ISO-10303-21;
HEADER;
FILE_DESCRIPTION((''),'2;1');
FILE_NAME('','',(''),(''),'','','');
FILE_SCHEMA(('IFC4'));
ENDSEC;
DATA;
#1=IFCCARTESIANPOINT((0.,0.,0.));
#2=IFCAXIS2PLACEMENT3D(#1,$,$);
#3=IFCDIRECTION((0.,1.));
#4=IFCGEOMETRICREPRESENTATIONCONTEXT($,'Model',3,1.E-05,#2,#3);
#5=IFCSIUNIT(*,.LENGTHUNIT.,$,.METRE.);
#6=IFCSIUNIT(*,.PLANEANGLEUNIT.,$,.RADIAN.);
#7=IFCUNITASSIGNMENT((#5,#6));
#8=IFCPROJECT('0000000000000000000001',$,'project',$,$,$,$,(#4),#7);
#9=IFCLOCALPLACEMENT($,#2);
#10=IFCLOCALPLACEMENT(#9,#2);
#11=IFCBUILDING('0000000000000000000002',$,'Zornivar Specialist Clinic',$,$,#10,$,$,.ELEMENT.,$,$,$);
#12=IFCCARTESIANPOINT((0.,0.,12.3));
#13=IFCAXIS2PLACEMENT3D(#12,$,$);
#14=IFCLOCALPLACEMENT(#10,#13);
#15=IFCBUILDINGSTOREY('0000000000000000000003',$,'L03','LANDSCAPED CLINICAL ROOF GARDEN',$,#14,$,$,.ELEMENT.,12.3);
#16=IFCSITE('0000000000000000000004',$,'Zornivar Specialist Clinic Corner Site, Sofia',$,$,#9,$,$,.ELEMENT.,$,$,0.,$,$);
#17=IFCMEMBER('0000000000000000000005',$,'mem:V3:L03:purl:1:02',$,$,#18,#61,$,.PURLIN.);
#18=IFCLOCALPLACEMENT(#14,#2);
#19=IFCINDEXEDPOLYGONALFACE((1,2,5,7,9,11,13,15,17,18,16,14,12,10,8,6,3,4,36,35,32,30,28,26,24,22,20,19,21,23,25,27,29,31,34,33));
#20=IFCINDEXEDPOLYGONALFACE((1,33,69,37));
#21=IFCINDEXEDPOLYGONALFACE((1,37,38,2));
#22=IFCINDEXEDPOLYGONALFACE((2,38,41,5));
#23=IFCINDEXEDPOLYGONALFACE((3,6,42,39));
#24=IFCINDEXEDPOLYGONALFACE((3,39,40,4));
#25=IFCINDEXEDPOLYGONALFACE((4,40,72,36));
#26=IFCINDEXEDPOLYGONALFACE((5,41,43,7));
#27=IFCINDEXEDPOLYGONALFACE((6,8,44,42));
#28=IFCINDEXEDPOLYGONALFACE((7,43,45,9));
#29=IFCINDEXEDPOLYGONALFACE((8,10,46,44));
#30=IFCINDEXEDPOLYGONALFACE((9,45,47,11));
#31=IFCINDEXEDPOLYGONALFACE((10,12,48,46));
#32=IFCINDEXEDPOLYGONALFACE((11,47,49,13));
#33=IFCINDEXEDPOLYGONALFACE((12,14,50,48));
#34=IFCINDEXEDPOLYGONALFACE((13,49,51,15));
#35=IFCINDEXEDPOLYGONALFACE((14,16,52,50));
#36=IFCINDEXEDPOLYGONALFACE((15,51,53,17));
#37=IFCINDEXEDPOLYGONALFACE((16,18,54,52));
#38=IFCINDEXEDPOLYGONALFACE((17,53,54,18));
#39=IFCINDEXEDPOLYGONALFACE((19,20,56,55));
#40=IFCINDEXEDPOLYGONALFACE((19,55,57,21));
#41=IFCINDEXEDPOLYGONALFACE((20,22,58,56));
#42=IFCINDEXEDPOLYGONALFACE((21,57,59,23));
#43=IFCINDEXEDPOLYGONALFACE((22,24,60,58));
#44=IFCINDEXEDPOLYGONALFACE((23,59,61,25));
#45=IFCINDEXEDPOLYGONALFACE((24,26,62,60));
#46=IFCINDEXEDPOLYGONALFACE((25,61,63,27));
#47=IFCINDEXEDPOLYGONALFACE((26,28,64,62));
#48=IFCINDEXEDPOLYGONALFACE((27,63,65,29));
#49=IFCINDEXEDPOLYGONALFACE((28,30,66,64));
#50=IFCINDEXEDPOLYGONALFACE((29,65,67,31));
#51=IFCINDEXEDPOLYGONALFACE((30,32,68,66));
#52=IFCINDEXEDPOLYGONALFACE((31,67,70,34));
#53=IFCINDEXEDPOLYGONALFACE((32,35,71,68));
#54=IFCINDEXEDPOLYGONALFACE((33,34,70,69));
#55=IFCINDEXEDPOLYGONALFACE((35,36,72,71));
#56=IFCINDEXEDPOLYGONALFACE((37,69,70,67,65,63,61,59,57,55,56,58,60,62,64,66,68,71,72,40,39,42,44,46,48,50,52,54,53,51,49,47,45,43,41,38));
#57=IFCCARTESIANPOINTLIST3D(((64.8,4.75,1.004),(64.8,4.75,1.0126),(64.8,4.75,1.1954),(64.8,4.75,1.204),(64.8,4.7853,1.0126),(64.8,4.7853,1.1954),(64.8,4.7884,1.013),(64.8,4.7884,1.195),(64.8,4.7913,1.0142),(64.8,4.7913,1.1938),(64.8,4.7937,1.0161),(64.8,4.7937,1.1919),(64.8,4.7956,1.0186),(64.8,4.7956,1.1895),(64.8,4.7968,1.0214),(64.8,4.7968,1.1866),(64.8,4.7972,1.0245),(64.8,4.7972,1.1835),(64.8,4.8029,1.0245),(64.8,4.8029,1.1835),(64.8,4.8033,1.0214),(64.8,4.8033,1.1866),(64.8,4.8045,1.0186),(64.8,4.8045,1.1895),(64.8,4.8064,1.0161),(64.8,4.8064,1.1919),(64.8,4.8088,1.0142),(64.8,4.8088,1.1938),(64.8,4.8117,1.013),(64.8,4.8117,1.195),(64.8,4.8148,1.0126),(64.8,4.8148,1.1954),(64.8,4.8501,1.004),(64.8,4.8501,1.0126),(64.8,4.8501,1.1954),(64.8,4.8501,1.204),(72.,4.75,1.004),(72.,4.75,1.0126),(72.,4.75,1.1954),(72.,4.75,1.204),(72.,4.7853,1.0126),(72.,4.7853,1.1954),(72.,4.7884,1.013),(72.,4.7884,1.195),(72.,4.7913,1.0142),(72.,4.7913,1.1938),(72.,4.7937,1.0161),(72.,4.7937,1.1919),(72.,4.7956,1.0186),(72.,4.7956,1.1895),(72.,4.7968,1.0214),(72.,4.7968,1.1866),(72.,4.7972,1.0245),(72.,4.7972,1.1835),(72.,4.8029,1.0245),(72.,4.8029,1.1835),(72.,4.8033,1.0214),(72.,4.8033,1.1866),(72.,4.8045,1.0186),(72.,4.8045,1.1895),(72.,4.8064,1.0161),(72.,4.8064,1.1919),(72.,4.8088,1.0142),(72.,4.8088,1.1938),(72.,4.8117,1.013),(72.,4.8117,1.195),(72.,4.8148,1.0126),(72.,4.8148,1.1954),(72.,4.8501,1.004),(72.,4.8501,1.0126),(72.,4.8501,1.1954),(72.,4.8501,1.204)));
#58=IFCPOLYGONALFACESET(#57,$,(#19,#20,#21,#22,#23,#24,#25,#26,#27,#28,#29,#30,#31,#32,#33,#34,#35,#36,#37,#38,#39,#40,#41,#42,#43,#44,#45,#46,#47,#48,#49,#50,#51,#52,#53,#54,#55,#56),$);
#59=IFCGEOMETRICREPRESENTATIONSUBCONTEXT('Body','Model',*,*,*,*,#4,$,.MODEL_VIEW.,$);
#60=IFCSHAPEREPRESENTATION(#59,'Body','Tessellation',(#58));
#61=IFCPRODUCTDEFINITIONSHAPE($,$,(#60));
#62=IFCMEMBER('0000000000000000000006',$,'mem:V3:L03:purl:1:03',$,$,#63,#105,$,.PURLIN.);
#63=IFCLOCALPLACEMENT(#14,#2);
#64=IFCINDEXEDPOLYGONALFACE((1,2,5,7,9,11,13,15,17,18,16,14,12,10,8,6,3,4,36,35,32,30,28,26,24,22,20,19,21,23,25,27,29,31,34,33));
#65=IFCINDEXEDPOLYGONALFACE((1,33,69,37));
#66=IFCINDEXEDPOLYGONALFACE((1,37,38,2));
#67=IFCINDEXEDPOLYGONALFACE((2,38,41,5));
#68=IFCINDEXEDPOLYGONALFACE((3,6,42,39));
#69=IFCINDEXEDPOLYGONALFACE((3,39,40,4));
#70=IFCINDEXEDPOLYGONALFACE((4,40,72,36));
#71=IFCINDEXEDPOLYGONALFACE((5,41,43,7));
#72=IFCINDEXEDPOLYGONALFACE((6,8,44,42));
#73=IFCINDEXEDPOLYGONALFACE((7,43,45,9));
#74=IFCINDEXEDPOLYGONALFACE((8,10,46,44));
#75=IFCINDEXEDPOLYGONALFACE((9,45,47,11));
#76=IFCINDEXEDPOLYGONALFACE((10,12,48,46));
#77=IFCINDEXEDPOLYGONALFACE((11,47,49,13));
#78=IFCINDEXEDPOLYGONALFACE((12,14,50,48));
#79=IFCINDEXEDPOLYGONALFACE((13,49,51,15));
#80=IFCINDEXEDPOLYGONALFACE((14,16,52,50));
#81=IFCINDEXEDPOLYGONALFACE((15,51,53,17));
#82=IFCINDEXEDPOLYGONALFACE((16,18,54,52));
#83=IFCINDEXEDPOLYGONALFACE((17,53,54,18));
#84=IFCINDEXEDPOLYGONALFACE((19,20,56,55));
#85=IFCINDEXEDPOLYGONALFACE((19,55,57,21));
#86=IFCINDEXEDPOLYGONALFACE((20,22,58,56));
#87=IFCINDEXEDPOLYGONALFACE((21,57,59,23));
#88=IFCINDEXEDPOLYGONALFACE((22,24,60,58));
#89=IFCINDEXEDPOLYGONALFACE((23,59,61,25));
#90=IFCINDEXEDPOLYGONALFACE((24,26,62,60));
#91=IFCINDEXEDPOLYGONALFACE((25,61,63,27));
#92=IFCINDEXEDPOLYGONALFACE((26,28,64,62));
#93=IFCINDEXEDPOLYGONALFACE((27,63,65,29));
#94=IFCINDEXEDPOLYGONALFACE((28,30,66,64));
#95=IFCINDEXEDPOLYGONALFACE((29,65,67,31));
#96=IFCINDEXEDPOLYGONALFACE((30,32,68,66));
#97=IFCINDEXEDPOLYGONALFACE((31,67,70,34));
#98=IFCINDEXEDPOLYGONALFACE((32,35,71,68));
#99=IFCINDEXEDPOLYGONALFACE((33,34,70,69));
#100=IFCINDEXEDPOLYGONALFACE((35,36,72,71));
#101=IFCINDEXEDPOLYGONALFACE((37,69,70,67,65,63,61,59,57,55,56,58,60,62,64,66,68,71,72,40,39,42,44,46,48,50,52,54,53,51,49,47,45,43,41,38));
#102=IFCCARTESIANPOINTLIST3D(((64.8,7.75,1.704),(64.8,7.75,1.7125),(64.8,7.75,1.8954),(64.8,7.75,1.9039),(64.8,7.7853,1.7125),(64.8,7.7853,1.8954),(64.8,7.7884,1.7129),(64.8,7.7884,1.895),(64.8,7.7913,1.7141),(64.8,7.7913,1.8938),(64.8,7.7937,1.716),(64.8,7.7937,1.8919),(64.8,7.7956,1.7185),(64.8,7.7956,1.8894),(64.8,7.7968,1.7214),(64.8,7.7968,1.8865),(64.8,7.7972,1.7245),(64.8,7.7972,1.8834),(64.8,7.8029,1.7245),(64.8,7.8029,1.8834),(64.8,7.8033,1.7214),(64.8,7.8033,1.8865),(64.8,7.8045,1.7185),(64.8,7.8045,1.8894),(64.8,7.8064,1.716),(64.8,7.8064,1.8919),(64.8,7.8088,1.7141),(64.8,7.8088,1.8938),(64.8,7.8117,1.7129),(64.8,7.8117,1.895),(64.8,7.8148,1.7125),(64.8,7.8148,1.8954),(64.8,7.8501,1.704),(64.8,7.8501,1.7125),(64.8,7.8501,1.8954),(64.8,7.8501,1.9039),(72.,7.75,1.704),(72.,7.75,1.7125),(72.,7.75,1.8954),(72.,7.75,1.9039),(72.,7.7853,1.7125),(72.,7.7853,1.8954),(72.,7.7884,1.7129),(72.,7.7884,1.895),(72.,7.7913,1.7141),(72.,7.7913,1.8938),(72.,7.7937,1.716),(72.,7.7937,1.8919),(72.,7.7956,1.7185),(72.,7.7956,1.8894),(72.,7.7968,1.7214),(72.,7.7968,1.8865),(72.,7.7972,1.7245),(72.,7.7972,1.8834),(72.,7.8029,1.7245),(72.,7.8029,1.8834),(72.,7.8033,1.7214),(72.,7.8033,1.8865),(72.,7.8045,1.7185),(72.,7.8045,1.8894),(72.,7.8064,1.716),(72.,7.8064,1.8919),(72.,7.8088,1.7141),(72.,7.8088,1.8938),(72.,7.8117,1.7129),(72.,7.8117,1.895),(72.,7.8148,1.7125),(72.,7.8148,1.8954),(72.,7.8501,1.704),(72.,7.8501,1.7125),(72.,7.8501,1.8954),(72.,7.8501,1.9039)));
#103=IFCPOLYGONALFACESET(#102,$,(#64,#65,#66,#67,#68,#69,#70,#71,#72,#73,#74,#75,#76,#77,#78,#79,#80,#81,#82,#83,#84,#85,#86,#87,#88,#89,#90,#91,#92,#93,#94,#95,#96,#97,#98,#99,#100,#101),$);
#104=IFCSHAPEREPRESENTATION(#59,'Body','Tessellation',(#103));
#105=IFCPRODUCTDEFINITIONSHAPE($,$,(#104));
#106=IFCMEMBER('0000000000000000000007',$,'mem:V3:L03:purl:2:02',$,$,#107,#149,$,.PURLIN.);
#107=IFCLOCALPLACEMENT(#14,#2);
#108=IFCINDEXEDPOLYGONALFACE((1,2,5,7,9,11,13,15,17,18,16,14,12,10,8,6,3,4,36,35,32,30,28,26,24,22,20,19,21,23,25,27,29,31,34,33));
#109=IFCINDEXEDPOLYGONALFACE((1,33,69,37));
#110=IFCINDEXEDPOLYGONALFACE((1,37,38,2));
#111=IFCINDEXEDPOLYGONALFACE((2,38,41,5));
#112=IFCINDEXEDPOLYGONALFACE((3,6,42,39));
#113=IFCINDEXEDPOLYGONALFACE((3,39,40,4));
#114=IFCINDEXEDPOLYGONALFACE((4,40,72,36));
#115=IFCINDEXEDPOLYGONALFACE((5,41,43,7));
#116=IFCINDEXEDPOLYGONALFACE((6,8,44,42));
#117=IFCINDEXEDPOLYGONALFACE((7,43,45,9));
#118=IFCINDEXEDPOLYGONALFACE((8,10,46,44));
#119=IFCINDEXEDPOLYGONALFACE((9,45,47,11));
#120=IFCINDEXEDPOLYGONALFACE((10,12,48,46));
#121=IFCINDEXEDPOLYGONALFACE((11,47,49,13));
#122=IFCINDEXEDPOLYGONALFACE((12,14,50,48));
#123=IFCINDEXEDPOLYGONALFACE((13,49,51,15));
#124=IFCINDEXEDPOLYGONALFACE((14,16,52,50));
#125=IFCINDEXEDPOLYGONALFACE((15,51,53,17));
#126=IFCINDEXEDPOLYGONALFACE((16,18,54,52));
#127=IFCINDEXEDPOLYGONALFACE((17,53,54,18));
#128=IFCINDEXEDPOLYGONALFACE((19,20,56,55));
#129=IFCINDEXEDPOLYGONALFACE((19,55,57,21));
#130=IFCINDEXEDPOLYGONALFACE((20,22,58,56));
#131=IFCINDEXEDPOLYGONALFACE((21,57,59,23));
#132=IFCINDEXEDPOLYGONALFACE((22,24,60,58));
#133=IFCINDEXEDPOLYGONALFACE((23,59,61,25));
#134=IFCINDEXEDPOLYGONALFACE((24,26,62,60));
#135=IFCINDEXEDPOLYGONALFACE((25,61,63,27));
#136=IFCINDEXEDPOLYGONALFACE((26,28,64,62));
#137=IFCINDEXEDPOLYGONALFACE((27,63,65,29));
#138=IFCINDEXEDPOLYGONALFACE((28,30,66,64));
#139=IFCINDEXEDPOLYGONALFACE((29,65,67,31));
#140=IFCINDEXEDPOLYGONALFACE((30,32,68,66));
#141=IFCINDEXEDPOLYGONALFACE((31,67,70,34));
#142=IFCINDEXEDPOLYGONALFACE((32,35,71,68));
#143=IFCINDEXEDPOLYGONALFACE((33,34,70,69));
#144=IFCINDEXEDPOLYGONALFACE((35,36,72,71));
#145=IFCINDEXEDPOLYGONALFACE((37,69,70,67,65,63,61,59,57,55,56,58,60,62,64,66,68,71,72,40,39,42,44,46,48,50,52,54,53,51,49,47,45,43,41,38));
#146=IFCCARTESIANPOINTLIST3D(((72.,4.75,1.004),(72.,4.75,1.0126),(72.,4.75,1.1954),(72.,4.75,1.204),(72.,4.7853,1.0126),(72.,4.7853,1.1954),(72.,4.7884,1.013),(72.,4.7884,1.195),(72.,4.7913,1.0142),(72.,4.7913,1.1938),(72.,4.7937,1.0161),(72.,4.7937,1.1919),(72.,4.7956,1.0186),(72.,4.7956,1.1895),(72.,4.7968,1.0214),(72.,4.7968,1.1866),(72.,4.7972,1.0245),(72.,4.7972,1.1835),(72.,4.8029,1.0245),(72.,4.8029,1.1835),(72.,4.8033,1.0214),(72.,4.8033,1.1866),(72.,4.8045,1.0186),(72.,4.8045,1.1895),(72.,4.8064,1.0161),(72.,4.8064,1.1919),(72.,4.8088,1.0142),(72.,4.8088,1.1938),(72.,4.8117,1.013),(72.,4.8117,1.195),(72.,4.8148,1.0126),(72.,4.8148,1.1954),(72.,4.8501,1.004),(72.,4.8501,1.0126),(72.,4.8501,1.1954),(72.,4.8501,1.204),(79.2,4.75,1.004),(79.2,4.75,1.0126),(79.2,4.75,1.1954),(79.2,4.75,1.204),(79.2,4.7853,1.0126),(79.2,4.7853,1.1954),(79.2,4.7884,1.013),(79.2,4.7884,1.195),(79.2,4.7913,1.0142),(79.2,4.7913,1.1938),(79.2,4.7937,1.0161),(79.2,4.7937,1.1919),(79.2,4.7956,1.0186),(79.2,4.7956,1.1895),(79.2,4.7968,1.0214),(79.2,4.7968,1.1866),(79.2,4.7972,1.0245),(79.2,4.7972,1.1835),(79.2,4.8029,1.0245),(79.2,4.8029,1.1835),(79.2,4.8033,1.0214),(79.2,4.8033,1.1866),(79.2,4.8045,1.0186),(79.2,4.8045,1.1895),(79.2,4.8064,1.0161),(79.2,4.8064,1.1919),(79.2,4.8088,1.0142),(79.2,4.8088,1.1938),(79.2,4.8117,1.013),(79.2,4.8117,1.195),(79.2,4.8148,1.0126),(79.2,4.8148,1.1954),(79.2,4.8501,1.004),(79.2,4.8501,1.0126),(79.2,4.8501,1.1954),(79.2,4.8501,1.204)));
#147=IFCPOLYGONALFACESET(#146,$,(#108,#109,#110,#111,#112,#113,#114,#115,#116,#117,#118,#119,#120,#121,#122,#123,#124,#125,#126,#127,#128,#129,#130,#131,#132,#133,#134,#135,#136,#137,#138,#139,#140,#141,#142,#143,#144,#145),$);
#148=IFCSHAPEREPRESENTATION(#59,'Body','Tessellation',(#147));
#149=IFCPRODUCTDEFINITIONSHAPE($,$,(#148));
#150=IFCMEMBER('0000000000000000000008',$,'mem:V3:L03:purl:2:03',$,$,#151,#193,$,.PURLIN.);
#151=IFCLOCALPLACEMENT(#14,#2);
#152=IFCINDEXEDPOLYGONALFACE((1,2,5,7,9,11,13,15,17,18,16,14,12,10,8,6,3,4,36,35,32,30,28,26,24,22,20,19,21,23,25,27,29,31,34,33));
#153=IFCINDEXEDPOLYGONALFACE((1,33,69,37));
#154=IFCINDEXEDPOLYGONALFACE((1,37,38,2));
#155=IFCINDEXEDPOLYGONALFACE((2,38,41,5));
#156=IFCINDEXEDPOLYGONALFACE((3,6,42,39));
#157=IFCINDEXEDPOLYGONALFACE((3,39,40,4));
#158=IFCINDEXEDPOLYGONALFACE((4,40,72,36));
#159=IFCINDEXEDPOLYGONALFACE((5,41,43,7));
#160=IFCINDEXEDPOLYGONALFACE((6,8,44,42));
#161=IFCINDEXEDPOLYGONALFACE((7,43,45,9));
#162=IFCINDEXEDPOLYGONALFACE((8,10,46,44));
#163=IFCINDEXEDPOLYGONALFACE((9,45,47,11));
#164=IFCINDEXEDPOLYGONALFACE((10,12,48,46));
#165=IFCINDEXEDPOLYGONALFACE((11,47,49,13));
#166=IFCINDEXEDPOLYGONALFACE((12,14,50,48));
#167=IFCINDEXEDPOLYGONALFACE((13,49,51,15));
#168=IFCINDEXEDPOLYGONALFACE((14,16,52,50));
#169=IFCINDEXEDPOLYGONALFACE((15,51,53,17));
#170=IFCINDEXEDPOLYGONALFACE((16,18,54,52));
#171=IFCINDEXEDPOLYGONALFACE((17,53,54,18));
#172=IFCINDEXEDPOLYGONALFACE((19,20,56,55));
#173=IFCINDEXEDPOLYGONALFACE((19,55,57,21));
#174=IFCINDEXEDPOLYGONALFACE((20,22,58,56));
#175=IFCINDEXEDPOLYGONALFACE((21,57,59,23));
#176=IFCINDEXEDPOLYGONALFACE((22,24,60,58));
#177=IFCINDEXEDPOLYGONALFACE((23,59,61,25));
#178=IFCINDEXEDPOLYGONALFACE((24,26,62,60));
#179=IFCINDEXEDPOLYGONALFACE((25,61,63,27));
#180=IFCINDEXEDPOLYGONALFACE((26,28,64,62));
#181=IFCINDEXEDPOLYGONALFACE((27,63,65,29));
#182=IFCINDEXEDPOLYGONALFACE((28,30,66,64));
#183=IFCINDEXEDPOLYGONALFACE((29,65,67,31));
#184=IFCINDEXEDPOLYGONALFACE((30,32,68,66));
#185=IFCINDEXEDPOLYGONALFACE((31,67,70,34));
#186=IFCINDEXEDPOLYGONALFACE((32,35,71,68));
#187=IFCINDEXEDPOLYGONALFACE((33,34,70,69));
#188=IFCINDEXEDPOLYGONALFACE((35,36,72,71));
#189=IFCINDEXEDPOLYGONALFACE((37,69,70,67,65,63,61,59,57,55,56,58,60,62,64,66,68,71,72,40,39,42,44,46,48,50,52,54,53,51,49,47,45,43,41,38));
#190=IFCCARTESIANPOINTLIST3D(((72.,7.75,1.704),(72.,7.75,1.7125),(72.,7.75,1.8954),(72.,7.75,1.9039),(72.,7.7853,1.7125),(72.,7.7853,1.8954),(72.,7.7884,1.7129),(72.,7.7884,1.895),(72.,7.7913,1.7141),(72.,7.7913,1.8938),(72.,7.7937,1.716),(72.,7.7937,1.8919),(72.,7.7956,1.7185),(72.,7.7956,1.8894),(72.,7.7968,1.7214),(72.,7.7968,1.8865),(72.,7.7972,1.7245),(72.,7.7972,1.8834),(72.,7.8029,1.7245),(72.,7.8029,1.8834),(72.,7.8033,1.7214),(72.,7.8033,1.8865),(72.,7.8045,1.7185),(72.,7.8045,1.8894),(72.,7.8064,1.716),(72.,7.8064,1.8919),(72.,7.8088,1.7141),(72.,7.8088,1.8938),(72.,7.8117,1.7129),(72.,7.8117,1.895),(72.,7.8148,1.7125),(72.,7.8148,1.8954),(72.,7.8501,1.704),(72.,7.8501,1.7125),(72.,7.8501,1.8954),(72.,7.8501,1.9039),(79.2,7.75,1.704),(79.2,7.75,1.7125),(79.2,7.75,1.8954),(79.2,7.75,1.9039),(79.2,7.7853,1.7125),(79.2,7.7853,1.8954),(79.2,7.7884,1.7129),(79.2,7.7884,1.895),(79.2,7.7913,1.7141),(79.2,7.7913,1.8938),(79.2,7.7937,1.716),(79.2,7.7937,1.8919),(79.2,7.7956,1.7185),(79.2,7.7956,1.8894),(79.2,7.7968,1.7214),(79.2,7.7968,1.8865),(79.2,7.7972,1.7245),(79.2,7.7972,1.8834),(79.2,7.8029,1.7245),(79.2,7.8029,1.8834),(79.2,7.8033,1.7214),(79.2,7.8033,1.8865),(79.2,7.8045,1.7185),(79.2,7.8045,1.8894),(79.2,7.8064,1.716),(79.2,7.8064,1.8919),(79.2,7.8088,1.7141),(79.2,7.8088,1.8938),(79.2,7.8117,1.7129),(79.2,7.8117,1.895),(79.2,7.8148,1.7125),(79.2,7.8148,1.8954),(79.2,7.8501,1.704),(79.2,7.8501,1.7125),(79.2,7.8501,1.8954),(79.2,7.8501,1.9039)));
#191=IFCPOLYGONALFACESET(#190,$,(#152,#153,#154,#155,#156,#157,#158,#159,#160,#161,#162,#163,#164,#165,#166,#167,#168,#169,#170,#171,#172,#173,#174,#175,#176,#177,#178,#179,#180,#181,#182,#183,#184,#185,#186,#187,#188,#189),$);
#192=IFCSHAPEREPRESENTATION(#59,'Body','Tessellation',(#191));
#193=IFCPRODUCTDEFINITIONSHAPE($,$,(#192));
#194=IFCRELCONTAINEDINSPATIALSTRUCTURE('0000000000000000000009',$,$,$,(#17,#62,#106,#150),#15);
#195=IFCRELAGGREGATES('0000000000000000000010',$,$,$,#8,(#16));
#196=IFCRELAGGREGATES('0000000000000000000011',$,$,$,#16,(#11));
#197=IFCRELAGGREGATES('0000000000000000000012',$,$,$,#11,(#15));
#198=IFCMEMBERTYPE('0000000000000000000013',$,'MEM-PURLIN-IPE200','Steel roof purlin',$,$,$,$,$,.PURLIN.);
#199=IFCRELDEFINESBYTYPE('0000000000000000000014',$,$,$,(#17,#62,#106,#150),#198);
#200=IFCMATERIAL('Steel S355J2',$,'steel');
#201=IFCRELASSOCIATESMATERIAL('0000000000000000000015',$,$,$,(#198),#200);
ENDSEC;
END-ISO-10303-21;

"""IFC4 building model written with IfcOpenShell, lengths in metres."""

from ifc_helpers import new_model, si_unit, direction, frame, origin, origin_2d, place, context, subcontext, project, spatial, i_section, extrude, material, material_profile, profile_set, type_object, element, save


model = new_model("IFC4")

# Units and contexts
model_context = context("Model", 3, precision=1e-05, world=origin(), true_north=direction((0.0, 1.0)))
body_context = subcontext(model_context, "Body", "Model", "MODEL_VIEW")
ifc_project = project(units=[si_unit("LENGTHUNIT", "METRE"), si_unit("PLANEANGLEUNIT", "RADIAN")], contexts=[model_context])

# Site, building, storey
site_placement = place(None, origin())
site = spatial("IfcSite", under=ifc_project, at=site_placement, Name="Zornivar Specialist Clinic Corner Site, Sofia", CompositionType="ELEMENT", RefElevation=0.0)
building_placement = place(site_placement, origin())
building = spatial("IfcBuilding", under=site, at=building_placement, Name="Zornivar Specialist Clinic", CompositionType="ELEMENT")
storey_placement = place(building_placement, frame((0.0, 0.0, 12.3)))
storey = spatial("IfcBuildingStorey", under=building, at=storey_placement, Name="L03", Description="LANDSCAPED CLINICAL ROOF GARDEN", CompositionType="ELEMENT", Elevation=12.3)

# Members
ifc_material_1 = material(Name="Steel S355J2", Category="steel")
ifc_material_profile_1 = material_profile(ifc_material_1, i_section(OverallWidth=0.1001, OverallDepth=0.2, WebThickness=0.0056, FlangeThickness=0.0085, FilletRadius=0.012, at=origin_2d()), Name="IPE 200")
ifc_profile_set_1 = profile_set([ifc_material_profile_1], Name="Steel S355J2")
member_type_1 = type_object("IfcMemberType", Name="MEM-PURLIN-IPE200", Description="Steel roof purlin", PredefinedType="PURLIN", material=ifc_profile_set_1)
for number, where, z_axis, x_axis, name in (
    (1, (64.8, 4.8, 1.104), (1.0, 0.0, 0.0), (0.0, 1.0, 0.0), "mem:V3:L03:purl:1:02"),
    (2, (64.8, 7.8, 1.804), (1.0, 0.0, 0.0), (0.0, 1.0, 0.0), "mem:V3:L03:purl:1:03"),
    (3, (72.0, 4.8, 1.104), (1.0, 0.0, 0.0), (0.0, 1.0, 0.0), "mem:V3:L03:purl:2:02"),
    (4, (72.0, 7.8, 1.804), (1.0, 0.0, 0.0), (0.0, 1.0, 0.0), "mem:V3:L03:purl:2:03"),
):
    element("IfcMember", number, at=place(storey_placement, frame(where, z_axis=z_axis, x_axis=x_axis)), inside=storey, type_object=member_type_1, Name=name, PredefinedType="PURLIN", context=body_context, shape_type="SweptSolid", body=[
        extrude(i_section(OverallWidth=0.1001, OverallDepth=0.2, WebThickness=0.0056, FlangeThickness=0.0085, FilletRadius=0.012, at=origin_2d()), origin(), (0.0, 0.0, 1.0), 7.2),
    ])

save(model, "model.ifc")
